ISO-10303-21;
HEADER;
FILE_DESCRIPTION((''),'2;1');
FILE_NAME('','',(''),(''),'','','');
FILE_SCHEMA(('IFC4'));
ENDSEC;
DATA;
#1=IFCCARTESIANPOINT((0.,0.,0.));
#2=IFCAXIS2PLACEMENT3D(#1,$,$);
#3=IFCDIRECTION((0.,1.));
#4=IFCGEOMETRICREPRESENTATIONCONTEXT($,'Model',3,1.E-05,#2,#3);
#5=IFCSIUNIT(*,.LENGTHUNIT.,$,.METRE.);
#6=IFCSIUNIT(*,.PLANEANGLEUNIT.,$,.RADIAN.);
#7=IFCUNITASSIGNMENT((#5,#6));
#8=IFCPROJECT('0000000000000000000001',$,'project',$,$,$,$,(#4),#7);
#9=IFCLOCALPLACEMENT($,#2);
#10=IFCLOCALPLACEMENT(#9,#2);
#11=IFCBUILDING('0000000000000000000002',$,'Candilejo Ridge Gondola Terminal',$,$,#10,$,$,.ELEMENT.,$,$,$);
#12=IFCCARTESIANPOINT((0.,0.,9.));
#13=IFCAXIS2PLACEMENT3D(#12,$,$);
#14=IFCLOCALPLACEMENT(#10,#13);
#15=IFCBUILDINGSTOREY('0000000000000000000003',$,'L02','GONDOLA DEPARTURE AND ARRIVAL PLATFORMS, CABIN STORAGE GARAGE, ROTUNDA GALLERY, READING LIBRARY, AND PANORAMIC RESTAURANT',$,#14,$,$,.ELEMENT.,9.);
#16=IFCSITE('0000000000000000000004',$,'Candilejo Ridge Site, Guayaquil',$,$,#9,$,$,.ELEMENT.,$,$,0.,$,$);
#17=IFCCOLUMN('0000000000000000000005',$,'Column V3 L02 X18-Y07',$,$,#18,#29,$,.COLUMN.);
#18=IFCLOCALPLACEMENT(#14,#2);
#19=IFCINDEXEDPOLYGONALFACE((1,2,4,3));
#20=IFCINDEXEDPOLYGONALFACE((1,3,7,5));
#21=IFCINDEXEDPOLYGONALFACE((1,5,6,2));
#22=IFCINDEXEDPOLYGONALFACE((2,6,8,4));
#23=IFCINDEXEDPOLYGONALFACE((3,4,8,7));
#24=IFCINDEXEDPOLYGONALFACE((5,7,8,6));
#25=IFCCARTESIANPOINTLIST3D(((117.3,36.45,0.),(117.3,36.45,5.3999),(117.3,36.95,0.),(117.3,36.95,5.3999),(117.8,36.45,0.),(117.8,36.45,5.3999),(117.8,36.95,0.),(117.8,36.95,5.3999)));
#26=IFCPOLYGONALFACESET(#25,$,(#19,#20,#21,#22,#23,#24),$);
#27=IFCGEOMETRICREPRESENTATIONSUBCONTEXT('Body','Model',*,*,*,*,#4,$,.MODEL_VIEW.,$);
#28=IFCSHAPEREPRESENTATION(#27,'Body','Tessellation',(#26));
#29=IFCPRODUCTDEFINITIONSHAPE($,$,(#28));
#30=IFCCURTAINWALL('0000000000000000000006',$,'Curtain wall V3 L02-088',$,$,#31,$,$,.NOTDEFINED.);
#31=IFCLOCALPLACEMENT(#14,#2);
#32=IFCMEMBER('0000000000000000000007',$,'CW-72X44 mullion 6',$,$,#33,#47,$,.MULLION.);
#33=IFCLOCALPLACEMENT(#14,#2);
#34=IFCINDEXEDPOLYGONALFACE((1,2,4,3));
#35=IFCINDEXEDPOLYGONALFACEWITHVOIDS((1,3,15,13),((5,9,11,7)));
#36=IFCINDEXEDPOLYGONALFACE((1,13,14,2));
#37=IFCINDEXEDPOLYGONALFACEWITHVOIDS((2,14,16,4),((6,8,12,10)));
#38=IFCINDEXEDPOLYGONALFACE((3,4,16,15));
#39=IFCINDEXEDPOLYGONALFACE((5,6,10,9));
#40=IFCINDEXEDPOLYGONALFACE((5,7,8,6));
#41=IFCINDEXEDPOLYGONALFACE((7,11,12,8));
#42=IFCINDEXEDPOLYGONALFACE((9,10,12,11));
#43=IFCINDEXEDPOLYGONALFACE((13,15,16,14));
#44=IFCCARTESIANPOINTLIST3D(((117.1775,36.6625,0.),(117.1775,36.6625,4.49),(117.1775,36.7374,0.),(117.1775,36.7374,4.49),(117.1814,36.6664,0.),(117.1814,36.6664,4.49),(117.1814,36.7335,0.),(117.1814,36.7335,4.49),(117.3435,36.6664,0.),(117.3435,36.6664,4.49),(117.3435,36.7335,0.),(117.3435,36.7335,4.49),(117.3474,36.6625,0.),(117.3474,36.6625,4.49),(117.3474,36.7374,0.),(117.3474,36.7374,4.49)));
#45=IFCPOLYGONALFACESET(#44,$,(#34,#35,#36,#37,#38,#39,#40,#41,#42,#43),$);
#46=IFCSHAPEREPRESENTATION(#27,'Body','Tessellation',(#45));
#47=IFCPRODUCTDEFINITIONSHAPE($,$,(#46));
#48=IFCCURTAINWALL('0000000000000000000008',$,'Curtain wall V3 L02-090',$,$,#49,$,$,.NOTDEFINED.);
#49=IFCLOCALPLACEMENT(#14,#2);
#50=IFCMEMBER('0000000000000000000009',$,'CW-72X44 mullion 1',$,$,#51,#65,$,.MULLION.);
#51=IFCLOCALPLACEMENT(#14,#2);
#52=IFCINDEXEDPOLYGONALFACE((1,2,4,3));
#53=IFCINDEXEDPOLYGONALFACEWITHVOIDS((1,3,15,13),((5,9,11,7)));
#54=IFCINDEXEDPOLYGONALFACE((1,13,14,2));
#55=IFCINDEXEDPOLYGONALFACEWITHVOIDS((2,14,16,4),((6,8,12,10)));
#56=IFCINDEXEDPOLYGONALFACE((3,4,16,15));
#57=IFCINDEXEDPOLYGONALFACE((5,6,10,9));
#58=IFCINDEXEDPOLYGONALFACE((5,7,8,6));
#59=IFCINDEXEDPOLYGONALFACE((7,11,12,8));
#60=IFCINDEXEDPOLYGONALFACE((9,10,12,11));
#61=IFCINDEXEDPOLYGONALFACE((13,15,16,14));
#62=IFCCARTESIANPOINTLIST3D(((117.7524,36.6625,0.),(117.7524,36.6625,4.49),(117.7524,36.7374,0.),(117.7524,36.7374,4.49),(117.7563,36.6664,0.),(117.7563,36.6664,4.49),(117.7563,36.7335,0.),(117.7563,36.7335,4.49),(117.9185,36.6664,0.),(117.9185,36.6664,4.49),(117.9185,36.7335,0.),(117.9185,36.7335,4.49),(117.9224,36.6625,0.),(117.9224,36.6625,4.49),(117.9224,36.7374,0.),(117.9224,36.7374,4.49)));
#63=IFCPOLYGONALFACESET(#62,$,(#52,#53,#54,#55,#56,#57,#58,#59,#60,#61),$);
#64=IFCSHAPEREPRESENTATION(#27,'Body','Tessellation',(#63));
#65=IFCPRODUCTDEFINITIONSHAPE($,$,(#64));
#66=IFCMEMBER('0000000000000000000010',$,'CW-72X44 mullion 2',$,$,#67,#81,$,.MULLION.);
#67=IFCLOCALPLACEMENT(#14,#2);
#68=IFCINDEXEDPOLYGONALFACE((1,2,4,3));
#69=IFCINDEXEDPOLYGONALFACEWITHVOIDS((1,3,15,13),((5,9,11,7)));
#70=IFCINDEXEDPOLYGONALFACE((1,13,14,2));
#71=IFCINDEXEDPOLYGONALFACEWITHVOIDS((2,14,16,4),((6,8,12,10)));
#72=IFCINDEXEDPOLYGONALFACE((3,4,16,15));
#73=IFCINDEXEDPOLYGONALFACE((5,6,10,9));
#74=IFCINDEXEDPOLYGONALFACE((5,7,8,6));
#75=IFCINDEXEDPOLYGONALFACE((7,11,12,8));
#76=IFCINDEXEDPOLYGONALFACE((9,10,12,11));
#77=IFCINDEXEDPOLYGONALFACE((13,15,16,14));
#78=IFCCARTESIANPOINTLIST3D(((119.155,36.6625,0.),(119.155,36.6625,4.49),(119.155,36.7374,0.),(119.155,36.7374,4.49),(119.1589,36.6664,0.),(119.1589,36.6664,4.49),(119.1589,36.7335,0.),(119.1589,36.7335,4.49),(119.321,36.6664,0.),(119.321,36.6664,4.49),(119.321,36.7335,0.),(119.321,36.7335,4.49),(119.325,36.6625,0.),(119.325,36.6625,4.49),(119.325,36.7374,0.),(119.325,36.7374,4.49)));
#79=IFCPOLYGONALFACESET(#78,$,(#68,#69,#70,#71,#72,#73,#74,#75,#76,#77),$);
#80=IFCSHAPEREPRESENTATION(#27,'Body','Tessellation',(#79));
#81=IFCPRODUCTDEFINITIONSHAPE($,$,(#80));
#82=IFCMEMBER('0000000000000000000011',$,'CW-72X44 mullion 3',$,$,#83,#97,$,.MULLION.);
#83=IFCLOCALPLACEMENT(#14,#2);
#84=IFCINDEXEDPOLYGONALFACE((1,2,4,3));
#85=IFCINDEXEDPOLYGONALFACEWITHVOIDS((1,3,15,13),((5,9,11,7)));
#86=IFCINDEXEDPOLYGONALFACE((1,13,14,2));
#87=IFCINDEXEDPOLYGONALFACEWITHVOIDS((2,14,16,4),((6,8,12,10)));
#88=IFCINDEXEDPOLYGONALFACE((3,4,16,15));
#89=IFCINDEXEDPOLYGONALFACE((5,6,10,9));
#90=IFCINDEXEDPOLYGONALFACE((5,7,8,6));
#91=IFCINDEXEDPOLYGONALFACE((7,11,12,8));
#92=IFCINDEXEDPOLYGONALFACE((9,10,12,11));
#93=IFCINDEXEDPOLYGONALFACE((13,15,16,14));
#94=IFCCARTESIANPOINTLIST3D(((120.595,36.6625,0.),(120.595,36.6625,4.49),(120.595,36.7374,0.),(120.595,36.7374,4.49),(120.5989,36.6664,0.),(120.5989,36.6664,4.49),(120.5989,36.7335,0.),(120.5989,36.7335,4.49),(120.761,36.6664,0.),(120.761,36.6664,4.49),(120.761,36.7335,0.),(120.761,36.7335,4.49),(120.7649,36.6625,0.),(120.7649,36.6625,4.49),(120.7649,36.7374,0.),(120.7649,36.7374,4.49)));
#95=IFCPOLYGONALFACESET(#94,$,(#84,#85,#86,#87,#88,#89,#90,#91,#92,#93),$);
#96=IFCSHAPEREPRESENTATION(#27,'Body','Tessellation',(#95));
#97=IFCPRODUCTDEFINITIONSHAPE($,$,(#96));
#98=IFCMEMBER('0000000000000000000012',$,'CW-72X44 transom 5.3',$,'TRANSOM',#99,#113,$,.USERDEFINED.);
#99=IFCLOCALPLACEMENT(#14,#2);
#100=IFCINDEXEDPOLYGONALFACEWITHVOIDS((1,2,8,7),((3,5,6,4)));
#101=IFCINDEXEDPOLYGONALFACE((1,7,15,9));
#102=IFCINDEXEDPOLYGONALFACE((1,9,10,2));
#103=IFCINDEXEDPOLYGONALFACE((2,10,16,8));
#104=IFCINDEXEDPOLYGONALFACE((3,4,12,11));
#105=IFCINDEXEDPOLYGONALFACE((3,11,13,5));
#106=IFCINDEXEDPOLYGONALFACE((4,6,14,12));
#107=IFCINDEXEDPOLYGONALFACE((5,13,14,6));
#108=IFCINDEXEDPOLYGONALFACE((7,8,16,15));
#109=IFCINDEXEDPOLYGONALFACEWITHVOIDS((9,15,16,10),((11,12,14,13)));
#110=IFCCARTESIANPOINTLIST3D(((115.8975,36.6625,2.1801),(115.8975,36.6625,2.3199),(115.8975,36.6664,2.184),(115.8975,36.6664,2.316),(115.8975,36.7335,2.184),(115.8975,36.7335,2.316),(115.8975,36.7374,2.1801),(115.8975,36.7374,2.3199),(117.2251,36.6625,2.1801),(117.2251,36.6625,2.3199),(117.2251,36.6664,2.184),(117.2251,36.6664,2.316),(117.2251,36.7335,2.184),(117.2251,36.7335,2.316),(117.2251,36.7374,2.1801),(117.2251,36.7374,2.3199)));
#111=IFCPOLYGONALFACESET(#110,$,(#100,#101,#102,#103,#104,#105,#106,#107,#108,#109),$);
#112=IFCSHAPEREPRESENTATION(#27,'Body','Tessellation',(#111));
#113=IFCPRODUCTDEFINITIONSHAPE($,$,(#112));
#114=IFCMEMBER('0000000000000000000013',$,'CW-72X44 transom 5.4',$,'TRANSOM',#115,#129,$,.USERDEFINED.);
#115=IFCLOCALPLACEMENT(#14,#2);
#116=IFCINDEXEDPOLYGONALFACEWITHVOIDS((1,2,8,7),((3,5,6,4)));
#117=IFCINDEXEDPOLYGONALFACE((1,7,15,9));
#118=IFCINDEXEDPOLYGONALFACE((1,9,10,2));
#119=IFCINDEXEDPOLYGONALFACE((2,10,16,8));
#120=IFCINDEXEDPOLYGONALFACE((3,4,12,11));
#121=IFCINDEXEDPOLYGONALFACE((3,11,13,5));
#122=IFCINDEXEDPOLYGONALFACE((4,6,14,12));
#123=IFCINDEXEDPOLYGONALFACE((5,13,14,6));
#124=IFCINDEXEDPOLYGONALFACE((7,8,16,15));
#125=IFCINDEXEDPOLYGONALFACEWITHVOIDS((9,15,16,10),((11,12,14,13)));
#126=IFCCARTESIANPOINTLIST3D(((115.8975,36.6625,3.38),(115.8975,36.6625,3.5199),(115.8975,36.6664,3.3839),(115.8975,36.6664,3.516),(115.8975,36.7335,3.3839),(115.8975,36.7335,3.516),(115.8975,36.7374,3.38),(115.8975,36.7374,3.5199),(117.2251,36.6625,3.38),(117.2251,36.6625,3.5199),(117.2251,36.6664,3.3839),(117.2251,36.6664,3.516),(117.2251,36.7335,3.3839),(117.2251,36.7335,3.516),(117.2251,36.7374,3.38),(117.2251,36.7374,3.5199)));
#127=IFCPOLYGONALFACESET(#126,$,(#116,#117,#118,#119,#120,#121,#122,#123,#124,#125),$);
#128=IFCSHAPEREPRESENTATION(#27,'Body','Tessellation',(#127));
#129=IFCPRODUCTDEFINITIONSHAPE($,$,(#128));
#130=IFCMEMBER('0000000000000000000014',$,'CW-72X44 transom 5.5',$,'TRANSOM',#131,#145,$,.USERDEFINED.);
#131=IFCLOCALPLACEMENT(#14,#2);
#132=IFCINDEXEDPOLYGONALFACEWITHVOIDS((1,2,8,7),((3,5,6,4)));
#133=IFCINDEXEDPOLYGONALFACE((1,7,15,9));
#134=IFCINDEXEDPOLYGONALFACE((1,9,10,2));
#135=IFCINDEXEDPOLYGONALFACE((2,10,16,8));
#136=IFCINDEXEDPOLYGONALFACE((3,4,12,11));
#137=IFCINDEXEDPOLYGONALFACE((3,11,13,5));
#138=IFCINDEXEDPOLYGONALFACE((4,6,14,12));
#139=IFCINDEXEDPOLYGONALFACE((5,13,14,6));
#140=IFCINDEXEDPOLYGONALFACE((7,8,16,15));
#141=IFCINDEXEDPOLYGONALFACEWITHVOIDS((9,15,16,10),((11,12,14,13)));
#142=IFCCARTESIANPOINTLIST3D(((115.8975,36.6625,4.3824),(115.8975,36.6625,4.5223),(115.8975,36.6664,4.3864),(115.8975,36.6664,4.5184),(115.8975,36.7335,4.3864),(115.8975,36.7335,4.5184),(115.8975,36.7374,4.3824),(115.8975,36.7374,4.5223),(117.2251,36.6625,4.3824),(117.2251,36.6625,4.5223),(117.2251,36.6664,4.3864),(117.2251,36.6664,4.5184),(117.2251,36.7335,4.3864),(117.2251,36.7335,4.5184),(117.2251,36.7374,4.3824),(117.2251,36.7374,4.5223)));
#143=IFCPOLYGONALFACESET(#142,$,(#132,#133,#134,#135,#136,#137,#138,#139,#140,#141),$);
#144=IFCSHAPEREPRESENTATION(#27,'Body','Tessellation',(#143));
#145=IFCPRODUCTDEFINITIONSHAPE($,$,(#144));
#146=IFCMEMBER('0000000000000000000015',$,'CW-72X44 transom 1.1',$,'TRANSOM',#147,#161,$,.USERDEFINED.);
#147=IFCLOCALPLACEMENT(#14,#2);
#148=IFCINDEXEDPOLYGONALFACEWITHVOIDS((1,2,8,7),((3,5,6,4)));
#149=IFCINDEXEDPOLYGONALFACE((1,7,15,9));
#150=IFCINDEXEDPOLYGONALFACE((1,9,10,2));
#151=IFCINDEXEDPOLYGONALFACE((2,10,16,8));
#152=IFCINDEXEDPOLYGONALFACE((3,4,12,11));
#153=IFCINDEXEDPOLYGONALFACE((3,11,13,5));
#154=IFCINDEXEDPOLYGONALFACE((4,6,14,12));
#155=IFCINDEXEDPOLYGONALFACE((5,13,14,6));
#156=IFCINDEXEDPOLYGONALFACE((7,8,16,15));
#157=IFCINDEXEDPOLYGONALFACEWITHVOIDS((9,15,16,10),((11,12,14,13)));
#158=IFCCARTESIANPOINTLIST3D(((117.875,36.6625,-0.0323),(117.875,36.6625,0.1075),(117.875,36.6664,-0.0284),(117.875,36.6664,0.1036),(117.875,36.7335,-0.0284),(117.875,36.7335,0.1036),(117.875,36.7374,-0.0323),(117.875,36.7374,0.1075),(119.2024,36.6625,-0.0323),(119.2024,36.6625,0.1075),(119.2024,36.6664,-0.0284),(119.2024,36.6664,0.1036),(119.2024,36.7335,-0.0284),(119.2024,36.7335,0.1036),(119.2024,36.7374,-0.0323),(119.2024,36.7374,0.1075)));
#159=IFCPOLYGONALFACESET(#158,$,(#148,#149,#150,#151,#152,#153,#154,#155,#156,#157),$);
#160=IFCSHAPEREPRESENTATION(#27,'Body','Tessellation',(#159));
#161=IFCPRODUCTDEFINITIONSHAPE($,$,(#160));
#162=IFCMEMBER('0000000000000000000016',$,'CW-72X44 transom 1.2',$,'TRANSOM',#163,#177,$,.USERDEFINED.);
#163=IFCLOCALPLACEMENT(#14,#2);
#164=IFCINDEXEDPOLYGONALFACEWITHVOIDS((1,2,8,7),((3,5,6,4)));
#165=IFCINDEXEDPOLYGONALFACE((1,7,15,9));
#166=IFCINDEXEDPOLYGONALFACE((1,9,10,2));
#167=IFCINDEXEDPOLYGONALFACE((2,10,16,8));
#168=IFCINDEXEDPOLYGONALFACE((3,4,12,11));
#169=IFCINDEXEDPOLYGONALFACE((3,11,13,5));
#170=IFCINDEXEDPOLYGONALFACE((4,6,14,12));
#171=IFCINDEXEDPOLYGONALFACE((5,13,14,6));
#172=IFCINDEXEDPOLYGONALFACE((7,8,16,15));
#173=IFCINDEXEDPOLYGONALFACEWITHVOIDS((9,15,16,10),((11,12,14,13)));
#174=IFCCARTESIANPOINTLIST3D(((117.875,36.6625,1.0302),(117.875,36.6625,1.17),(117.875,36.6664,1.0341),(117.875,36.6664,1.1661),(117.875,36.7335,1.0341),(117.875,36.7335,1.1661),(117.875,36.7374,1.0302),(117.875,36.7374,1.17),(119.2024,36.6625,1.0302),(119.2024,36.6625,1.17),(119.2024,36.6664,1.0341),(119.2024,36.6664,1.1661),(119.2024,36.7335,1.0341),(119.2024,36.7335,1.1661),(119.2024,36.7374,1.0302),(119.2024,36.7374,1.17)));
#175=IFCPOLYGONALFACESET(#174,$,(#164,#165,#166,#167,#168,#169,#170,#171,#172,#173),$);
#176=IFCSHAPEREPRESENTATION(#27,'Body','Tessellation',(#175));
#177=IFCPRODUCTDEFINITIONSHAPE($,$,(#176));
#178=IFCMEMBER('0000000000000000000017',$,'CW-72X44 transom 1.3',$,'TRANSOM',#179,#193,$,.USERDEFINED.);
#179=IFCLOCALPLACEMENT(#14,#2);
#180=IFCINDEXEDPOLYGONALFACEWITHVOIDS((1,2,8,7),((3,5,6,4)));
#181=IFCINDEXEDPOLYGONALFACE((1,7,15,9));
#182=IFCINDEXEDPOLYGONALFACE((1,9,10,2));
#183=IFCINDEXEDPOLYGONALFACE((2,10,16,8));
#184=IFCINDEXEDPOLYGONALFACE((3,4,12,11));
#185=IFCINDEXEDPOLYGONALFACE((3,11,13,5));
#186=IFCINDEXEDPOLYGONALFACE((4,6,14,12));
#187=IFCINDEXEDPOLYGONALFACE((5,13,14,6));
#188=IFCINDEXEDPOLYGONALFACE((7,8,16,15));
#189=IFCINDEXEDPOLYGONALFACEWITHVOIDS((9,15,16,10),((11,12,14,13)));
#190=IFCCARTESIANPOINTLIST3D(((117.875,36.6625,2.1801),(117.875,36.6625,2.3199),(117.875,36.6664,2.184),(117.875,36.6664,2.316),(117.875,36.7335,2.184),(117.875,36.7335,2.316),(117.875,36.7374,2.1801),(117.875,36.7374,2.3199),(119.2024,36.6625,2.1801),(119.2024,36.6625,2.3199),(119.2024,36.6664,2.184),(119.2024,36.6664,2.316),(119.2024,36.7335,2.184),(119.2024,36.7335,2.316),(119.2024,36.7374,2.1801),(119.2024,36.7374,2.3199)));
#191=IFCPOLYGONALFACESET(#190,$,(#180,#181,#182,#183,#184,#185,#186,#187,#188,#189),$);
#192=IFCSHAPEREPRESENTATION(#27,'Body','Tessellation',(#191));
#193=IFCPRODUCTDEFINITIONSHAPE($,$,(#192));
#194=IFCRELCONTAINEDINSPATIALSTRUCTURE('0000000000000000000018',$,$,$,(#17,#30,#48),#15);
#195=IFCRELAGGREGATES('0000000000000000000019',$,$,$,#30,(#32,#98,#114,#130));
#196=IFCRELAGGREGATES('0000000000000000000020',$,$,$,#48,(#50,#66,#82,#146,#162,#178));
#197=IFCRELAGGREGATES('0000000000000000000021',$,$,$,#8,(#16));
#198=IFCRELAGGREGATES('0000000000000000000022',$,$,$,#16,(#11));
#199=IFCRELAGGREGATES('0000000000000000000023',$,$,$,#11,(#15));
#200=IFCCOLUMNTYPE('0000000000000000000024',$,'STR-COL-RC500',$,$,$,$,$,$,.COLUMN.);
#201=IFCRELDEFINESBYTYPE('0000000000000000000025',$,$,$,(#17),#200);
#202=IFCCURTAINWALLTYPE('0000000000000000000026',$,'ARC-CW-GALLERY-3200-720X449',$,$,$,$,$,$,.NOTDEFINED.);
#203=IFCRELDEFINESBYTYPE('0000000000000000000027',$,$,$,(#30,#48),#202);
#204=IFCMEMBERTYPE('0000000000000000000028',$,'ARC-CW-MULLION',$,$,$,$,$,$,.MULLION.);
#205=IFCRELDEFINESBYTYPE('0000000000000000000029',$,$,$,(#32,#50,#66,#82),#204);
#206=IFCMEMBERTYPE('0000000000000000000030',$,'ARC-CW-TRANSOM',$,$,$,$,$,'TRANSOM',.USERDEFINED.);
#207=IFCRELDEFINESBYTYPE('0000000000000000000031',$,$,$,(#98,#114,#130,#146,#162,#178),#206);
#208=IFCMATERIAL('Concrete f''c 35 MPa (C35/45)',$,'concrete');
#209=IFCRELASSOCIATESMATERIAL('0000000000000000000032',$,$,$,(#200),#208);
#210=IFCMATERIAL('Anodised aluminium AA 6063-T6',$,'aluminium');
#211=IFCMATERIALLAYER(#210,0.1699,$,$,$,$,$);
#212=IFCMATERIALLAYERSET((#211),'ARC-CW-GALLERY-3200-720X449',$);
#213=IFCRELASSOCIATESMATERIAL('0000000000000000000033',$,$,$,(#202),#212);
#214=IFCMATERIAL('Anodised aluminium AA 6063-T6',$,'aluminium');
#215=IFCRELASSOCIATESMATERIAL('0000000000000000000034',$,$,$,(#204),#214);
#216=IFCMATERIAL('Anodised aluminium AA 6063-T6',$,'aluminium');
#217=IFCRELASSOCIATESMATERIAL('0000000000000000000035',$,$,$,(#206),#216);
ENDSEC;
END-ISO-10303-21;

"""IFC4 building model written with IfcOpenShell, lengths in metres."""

from ifc_helpers import new_model, si_unit, direction, frame, origin, origin_2d, place, context, subcontext, project, spatial, rectangle, hollow_rectangle, extrude, material, layer, layer_set, material_profile, profile_set, type_object, element, aggregate, save


model = new_model("IFC4")

# Units and contexts
model_context = context("Model", 3, precision=1e-05, world=origin(), true_north=direction((0.0, 1.0)))
body_context = subcontext(model_context, "Body", "Model", "MODEL_VIEW")
ifc_project = project(units=[si_unit("LENGTHUNIT", "METRE"), si_unit("PLANEANGLEUNIT", "RADIAN")], contexts=[model_context])

# Site, building, storey
site_placement = place(None, origin())
site = spatial("IfcSite", under=ifc_project, at=site_placement, Name="Candilejo Ridge Site, Guayaquil", CompositionType="ELEMENT", RefElevation=0.0)
building_placement = place(site_placement, origin())
building = spatial("IfcBuilding", under=site, at=building_placement, Name="Candilejo Ridge Gondola Terminal", CompositionType="ELEMENT")
storey_placement = place(building_placement, frame((0.0, 0.0, 9.0)))
storey = spatial("IfcBuildingStorey", under=building, at=storey_placement, Name="L02", Description="GONDOLA DEPARTURE AND ARRIVAL PLATFORMS, CABIN STORAGE GARAGE, ROTUNDA GALLERY, READING LIBRARY, AND PANORAMIC RESTAURANT", CompositionType="ELEMENT", Elevation=9.0)

# Column
ifc_material_1 = material(Name="Concrete f'c 35 MPa (C35/45)", Category="concrete")
ifc_material_profile_1 = material_profile(ifc_material_1, rectangle(XDim=0.5, YDim=0.5, at=origin_2d()))
ifc_profile_set_1 = profile_set([ifc_material_profile_1], Name="Concrete f'c 35 MPa (C35/45)")
column_type = type_object("IfcColumnType", Name="STR-COL-RC500", PredefinedType="COLUMN", material=ifc_profile_set_1)
column_placement = place(storey_placement, frame((117.55, 36.7, 0.0), z_axis=(0.0, 0.0, 1.0), x_axis=(1.0, 0.0, 0.0)))
element("IfcColumn", 1, at=column_placement, inside=storey, type_object=column_type, Name="Column V3 L02 X18-Y07", PredefinedType="COLUMN", context=body_context, shape_type="SweptSolid", body=[
    extrude(rectangle(XDim=0.5, YDim=0.5, at=origin_2d()), origin(), (0.0, 0.0, 1.0), 5.3999),
])

# Curtain wall, member
ifc_material_2 = material(Name="Anodised aluminium AA 6063-T6", Category="aluminium")
ifc_layer_1 = layer(ifc_material_2, 0.1699)
ifc_layer_set_1 = layer_set([ifc_layer_1], Name="ARC-CW-GALLERY-3200-720X449")
curtain_wall_type = type_object("IfcCurtainWallType", Name="ARC-CW-GALLERY-3200-720X449", PredefinedType="NOTDEFINED", material=ifc_layer_set_1)
curtain_wall_1_placement = place(storey_placement, origin())
curtain_wall_1 = element("IfcCurtainWall", 2, at=curtain_wall_1_placement, inside=storey, type_object=curtain_wall_type, Name="Curtain wall V3 L02-088", PredefinedType="NOTDEFINED")
ifc_material_3 = material(Name="Anodised aluminium AA 6063-T6", Category="aluminium")
ifc_material_profile_2 = material_profile(ifc_material_3, hollow_rectangle(XDim=0.075, YDim=0.1699, WallThickness=0.0039, at=origin_2d()))
ifc_profile_set_2 = profile_set([ifc_material_profile_2], Name="Anodised aluminium AA 6063-T6")
member_type_1 = type_object("IfcMemberType", Name="ARC-CW-MULLION", PredefinedType="MULLION", material=ifc_profile_set_2)
member_1_placement = place(storey_placement, frame((117.2625, 36.7, 0.0), z_axis=(0.0, 0.0, 1.0), x_axis=(0.0, 1.0, 0.0)))
member_1 = element("IfcMember", 3, at=member_1_placement, type_object=member_type_1, Name="CW-72X44 mullion 6", PredefinedType="MULLION", context=body_context, shape_type="SweptSolid", body=[
    extrude(hollow_rectangle(XDim=0.075, YDim=0.1699, WallThickness=0.0039, at=origin_2d()), origin(), (0.0, 0.0, 1.0), 4.49),
])

# Curtain wall, members
curtain_wall_2_placement = place(storey_placement, origin())
curtain_wall_2 = element("IfcCurtainWall", 4, at=curtain_wall_2_placement, inside=storey, type_object=curtain_wall_type, Name="Curtain wall V3 L02-090", PredefinedType="NOTDEFINED")
member_2_placement = place(storey_placement, frame((117.8374, 36.7, 0.0), z_axis=(0.0, 0.0, 1.0), x_axis=(0.0, 1.0, 0.0)))
member_2 = element("IfcMember", 5, at=member_2_placement, type_object=member_type_1, Name="CW-72X44 mullion 1", PredefinedType="MULLION", context=body_context, shape_type="SweptSolid", body=[
    extrude(hollow_rectangle(XDim=0.075, YDim=0.1699, WallThickness=0.0039, at=origin_2d()), origin(), (0.0, 0.0, 1.0), 4.49),
])
member_3_placement = place(storey_placement, frame((119.24, 36.7, 0.0), z_axis=(0.0, 0.0, 1.0), x_axis=(0.0, 1.0, 0.0)))
member_3 = element("IfcMember", 6, at=member_3_placement, type_object=member_type_1, Name="CW-72X44 mullion 2", PredefinedType="MULLION", context=body_context, shape_type="SweptSolid", body=[
    extrude(hollow_rectangle(XDim=0.075, YDim=0.1699, WallThickness=0.0039, at=origin_2d()), origin(), (0.0, 0.0, 1.0), 4.49),
])
member_4_placement = place(storey_placement, frame((120.6799, 36.7, 0.0), z_axis=(0.0, 0.0, 1.0), x_axis=(0.0, 1.0, 0.0)))
member_4 = element("IfcMember", 7, at=member_4_placement, type_object=member_type_1, Name="CW-72X44 mullion 3", PredefinedType="MULLION", context=body_context, shape_type="SweptSolid", body=[
    extrude(hollow_rectangle(XDim=0.075, YDim=0.1699, WallThickness=0.0039, at=origin_2d()), origin(), (0.0, 0.0, 1.0), 4.49),
])

# Members
ifc_material_4 = material(Name="Anodised aluminium AA 6063-T6", Category="aluminium")
ifc_material_profile_3 = material_profile(ifc_material_4, hollow_rectangle(XDim=0.075, YDim=0.1399, WallThickness=0.0039, at=origin_2d()))
ifc_profile_set_3 = profile_set([ifc_material_profile_3], Name="Anodised aluminium AA 6063-T6")
member_type_2 = type_object("IfcMemberType", Name="ARC-CW-TRANSOM", ElementType="TRANSOM", PredefinedType="USERDEFINED", material=ifc_profile_set_3)
member_5_placement = place(storey_placement, frame((115.8975, 36.7, 2.25), z_axis=(1.0, 0.0, 0.0), x_axis=(0.0, 1.0, 0.0)))
member_5 = element("IfcMember", 8, at=member_5_placement, type_object=member_type_2, Name="CW-72X44 transom 5.3", ObjectType="TRANSOM", PredefinedType="USERDEFINED", context=body_context, shape_type="SweptSolid", body=[
    extrude(hollow_rectangle(XDim=0.075, YDim=0.1399, WallThickness=0.0039, at=origin_2d()), origin(), (0.0, 0.0, 1.0), 1.3276),
])
member_6_placement = place(storey_placement, frame((115.8975, 36.7, 3.45), z_axis=(1.0, 0.0, 0.0), x_axis=(0.0, 1.0, 0.0)))
member_6 = element("IfcMember", 9, at=member_6_placement, type_object=member_type_2, Name="CW-72X44 transom 5.4", ObjectType="TRANSOM", PredefinedType="USERDEFINED", context=body_context, shape_type="SweptSolid", body=[
    extrude(hollow_rectangle(XDim=0.075, YDim=0.1399, WallThickness=0.0039, at=origin_2d()), origin(), (0.0, 0.0, 1.0), 1.3276),
])
member_7_placement = place(storey_placement, frame((115.8975, 36.7, 4.4524), z_axis=(1.0, 0.0, 0.0), x_axis=(0.0, 1.0, 0.0)))
member_7 = element("IfcMember", 10, at=member_7_placement, type_object=member_type_2, Name="CW-72X44 transom 5.5", ObjectType="TRANSOM", PredefinedType="USERDEFINED", context=body_context, shape_type="SweptSolid", body=[
    extrude(hollow_rectangle(XDim=0.075, YDim=0.1399, WallThickness=0.0039, at=origin_2d()), origin(), (0.0, 0.0, 1.0), 1.3276),
])
member_8_placement = place(storey_placement, frame((117.875, 36.7, 0.0376), z_axis=(1.0, 0.0, 0.0), x_axis=(0.0, 1.0, 0.0)))
member_8 = element("IfcMember", 11, at=member_8_placement, type_object=member_type_2, Name="CW-72X44 transom 1.1", ObjectType="TRANSOM", PredefinedType="USERDEFINED", context=body_context, shape_type="SweptSolid", body=[
    extrude(hollow_rectangle(XDim=0.075, YDim=0.1399, WallThickness=0.0039, at=origin_2d()), origin(), (0.0, 0.0, 1.0), 1.3274),
])
member_9_placement = place(storey_placement, frame((117.875, 36.7, 1.1001), z_axis=(1.0, 0.0, 0.0), x_axis=(0.0, 1.0, 0.0)))
member_9 = element("IfcMember", 12, at=member_9_placement, type_object=member_type_2, Name="CW-72X44 transom 1.2", ObjectType="TRANSOM", PredefinedType="USERDEFINED", context=body_context, shape_type="SweptSolid", body=[
    extrude(hollow_rectangle(XDim=0.075, YDim=0.1399, WallThickness=0.0039, at=origin_2d()), origin(), (0.0, 0.0, 1.0), 1.3274),
])
member_10_placement = place(storey_placement, frame((117.875, 36.7, 2.25), z_axis=(1.0, 0.0, 0.0), x_axis=(0.0, 1.0, 0.0)))
member_10 = element("IfcMember", 13, at=member_10_placement, type_object=member_type_2, Name="CW-72X44 transom 1.3", ObjectType="TRANSOM", PredefinedType="USERDEFINED", context=body_context, shape_type="SweptSolid", body=[
    extrude(hollow_rectangle(XDim=0.075, YDim=0.1399, WallThickness=0.0039, at=origin_2d()), origin(), (0.0, 0.0, 1.0), 1.3274),
])

aggregate(curtain_wall_1, [member_1, member_5, member_6, member_7])
aggregate(curtain_wall_2, [member_2, member_3, member_4, member_8, member_9, member_10])

save(model, "model.ifc")
